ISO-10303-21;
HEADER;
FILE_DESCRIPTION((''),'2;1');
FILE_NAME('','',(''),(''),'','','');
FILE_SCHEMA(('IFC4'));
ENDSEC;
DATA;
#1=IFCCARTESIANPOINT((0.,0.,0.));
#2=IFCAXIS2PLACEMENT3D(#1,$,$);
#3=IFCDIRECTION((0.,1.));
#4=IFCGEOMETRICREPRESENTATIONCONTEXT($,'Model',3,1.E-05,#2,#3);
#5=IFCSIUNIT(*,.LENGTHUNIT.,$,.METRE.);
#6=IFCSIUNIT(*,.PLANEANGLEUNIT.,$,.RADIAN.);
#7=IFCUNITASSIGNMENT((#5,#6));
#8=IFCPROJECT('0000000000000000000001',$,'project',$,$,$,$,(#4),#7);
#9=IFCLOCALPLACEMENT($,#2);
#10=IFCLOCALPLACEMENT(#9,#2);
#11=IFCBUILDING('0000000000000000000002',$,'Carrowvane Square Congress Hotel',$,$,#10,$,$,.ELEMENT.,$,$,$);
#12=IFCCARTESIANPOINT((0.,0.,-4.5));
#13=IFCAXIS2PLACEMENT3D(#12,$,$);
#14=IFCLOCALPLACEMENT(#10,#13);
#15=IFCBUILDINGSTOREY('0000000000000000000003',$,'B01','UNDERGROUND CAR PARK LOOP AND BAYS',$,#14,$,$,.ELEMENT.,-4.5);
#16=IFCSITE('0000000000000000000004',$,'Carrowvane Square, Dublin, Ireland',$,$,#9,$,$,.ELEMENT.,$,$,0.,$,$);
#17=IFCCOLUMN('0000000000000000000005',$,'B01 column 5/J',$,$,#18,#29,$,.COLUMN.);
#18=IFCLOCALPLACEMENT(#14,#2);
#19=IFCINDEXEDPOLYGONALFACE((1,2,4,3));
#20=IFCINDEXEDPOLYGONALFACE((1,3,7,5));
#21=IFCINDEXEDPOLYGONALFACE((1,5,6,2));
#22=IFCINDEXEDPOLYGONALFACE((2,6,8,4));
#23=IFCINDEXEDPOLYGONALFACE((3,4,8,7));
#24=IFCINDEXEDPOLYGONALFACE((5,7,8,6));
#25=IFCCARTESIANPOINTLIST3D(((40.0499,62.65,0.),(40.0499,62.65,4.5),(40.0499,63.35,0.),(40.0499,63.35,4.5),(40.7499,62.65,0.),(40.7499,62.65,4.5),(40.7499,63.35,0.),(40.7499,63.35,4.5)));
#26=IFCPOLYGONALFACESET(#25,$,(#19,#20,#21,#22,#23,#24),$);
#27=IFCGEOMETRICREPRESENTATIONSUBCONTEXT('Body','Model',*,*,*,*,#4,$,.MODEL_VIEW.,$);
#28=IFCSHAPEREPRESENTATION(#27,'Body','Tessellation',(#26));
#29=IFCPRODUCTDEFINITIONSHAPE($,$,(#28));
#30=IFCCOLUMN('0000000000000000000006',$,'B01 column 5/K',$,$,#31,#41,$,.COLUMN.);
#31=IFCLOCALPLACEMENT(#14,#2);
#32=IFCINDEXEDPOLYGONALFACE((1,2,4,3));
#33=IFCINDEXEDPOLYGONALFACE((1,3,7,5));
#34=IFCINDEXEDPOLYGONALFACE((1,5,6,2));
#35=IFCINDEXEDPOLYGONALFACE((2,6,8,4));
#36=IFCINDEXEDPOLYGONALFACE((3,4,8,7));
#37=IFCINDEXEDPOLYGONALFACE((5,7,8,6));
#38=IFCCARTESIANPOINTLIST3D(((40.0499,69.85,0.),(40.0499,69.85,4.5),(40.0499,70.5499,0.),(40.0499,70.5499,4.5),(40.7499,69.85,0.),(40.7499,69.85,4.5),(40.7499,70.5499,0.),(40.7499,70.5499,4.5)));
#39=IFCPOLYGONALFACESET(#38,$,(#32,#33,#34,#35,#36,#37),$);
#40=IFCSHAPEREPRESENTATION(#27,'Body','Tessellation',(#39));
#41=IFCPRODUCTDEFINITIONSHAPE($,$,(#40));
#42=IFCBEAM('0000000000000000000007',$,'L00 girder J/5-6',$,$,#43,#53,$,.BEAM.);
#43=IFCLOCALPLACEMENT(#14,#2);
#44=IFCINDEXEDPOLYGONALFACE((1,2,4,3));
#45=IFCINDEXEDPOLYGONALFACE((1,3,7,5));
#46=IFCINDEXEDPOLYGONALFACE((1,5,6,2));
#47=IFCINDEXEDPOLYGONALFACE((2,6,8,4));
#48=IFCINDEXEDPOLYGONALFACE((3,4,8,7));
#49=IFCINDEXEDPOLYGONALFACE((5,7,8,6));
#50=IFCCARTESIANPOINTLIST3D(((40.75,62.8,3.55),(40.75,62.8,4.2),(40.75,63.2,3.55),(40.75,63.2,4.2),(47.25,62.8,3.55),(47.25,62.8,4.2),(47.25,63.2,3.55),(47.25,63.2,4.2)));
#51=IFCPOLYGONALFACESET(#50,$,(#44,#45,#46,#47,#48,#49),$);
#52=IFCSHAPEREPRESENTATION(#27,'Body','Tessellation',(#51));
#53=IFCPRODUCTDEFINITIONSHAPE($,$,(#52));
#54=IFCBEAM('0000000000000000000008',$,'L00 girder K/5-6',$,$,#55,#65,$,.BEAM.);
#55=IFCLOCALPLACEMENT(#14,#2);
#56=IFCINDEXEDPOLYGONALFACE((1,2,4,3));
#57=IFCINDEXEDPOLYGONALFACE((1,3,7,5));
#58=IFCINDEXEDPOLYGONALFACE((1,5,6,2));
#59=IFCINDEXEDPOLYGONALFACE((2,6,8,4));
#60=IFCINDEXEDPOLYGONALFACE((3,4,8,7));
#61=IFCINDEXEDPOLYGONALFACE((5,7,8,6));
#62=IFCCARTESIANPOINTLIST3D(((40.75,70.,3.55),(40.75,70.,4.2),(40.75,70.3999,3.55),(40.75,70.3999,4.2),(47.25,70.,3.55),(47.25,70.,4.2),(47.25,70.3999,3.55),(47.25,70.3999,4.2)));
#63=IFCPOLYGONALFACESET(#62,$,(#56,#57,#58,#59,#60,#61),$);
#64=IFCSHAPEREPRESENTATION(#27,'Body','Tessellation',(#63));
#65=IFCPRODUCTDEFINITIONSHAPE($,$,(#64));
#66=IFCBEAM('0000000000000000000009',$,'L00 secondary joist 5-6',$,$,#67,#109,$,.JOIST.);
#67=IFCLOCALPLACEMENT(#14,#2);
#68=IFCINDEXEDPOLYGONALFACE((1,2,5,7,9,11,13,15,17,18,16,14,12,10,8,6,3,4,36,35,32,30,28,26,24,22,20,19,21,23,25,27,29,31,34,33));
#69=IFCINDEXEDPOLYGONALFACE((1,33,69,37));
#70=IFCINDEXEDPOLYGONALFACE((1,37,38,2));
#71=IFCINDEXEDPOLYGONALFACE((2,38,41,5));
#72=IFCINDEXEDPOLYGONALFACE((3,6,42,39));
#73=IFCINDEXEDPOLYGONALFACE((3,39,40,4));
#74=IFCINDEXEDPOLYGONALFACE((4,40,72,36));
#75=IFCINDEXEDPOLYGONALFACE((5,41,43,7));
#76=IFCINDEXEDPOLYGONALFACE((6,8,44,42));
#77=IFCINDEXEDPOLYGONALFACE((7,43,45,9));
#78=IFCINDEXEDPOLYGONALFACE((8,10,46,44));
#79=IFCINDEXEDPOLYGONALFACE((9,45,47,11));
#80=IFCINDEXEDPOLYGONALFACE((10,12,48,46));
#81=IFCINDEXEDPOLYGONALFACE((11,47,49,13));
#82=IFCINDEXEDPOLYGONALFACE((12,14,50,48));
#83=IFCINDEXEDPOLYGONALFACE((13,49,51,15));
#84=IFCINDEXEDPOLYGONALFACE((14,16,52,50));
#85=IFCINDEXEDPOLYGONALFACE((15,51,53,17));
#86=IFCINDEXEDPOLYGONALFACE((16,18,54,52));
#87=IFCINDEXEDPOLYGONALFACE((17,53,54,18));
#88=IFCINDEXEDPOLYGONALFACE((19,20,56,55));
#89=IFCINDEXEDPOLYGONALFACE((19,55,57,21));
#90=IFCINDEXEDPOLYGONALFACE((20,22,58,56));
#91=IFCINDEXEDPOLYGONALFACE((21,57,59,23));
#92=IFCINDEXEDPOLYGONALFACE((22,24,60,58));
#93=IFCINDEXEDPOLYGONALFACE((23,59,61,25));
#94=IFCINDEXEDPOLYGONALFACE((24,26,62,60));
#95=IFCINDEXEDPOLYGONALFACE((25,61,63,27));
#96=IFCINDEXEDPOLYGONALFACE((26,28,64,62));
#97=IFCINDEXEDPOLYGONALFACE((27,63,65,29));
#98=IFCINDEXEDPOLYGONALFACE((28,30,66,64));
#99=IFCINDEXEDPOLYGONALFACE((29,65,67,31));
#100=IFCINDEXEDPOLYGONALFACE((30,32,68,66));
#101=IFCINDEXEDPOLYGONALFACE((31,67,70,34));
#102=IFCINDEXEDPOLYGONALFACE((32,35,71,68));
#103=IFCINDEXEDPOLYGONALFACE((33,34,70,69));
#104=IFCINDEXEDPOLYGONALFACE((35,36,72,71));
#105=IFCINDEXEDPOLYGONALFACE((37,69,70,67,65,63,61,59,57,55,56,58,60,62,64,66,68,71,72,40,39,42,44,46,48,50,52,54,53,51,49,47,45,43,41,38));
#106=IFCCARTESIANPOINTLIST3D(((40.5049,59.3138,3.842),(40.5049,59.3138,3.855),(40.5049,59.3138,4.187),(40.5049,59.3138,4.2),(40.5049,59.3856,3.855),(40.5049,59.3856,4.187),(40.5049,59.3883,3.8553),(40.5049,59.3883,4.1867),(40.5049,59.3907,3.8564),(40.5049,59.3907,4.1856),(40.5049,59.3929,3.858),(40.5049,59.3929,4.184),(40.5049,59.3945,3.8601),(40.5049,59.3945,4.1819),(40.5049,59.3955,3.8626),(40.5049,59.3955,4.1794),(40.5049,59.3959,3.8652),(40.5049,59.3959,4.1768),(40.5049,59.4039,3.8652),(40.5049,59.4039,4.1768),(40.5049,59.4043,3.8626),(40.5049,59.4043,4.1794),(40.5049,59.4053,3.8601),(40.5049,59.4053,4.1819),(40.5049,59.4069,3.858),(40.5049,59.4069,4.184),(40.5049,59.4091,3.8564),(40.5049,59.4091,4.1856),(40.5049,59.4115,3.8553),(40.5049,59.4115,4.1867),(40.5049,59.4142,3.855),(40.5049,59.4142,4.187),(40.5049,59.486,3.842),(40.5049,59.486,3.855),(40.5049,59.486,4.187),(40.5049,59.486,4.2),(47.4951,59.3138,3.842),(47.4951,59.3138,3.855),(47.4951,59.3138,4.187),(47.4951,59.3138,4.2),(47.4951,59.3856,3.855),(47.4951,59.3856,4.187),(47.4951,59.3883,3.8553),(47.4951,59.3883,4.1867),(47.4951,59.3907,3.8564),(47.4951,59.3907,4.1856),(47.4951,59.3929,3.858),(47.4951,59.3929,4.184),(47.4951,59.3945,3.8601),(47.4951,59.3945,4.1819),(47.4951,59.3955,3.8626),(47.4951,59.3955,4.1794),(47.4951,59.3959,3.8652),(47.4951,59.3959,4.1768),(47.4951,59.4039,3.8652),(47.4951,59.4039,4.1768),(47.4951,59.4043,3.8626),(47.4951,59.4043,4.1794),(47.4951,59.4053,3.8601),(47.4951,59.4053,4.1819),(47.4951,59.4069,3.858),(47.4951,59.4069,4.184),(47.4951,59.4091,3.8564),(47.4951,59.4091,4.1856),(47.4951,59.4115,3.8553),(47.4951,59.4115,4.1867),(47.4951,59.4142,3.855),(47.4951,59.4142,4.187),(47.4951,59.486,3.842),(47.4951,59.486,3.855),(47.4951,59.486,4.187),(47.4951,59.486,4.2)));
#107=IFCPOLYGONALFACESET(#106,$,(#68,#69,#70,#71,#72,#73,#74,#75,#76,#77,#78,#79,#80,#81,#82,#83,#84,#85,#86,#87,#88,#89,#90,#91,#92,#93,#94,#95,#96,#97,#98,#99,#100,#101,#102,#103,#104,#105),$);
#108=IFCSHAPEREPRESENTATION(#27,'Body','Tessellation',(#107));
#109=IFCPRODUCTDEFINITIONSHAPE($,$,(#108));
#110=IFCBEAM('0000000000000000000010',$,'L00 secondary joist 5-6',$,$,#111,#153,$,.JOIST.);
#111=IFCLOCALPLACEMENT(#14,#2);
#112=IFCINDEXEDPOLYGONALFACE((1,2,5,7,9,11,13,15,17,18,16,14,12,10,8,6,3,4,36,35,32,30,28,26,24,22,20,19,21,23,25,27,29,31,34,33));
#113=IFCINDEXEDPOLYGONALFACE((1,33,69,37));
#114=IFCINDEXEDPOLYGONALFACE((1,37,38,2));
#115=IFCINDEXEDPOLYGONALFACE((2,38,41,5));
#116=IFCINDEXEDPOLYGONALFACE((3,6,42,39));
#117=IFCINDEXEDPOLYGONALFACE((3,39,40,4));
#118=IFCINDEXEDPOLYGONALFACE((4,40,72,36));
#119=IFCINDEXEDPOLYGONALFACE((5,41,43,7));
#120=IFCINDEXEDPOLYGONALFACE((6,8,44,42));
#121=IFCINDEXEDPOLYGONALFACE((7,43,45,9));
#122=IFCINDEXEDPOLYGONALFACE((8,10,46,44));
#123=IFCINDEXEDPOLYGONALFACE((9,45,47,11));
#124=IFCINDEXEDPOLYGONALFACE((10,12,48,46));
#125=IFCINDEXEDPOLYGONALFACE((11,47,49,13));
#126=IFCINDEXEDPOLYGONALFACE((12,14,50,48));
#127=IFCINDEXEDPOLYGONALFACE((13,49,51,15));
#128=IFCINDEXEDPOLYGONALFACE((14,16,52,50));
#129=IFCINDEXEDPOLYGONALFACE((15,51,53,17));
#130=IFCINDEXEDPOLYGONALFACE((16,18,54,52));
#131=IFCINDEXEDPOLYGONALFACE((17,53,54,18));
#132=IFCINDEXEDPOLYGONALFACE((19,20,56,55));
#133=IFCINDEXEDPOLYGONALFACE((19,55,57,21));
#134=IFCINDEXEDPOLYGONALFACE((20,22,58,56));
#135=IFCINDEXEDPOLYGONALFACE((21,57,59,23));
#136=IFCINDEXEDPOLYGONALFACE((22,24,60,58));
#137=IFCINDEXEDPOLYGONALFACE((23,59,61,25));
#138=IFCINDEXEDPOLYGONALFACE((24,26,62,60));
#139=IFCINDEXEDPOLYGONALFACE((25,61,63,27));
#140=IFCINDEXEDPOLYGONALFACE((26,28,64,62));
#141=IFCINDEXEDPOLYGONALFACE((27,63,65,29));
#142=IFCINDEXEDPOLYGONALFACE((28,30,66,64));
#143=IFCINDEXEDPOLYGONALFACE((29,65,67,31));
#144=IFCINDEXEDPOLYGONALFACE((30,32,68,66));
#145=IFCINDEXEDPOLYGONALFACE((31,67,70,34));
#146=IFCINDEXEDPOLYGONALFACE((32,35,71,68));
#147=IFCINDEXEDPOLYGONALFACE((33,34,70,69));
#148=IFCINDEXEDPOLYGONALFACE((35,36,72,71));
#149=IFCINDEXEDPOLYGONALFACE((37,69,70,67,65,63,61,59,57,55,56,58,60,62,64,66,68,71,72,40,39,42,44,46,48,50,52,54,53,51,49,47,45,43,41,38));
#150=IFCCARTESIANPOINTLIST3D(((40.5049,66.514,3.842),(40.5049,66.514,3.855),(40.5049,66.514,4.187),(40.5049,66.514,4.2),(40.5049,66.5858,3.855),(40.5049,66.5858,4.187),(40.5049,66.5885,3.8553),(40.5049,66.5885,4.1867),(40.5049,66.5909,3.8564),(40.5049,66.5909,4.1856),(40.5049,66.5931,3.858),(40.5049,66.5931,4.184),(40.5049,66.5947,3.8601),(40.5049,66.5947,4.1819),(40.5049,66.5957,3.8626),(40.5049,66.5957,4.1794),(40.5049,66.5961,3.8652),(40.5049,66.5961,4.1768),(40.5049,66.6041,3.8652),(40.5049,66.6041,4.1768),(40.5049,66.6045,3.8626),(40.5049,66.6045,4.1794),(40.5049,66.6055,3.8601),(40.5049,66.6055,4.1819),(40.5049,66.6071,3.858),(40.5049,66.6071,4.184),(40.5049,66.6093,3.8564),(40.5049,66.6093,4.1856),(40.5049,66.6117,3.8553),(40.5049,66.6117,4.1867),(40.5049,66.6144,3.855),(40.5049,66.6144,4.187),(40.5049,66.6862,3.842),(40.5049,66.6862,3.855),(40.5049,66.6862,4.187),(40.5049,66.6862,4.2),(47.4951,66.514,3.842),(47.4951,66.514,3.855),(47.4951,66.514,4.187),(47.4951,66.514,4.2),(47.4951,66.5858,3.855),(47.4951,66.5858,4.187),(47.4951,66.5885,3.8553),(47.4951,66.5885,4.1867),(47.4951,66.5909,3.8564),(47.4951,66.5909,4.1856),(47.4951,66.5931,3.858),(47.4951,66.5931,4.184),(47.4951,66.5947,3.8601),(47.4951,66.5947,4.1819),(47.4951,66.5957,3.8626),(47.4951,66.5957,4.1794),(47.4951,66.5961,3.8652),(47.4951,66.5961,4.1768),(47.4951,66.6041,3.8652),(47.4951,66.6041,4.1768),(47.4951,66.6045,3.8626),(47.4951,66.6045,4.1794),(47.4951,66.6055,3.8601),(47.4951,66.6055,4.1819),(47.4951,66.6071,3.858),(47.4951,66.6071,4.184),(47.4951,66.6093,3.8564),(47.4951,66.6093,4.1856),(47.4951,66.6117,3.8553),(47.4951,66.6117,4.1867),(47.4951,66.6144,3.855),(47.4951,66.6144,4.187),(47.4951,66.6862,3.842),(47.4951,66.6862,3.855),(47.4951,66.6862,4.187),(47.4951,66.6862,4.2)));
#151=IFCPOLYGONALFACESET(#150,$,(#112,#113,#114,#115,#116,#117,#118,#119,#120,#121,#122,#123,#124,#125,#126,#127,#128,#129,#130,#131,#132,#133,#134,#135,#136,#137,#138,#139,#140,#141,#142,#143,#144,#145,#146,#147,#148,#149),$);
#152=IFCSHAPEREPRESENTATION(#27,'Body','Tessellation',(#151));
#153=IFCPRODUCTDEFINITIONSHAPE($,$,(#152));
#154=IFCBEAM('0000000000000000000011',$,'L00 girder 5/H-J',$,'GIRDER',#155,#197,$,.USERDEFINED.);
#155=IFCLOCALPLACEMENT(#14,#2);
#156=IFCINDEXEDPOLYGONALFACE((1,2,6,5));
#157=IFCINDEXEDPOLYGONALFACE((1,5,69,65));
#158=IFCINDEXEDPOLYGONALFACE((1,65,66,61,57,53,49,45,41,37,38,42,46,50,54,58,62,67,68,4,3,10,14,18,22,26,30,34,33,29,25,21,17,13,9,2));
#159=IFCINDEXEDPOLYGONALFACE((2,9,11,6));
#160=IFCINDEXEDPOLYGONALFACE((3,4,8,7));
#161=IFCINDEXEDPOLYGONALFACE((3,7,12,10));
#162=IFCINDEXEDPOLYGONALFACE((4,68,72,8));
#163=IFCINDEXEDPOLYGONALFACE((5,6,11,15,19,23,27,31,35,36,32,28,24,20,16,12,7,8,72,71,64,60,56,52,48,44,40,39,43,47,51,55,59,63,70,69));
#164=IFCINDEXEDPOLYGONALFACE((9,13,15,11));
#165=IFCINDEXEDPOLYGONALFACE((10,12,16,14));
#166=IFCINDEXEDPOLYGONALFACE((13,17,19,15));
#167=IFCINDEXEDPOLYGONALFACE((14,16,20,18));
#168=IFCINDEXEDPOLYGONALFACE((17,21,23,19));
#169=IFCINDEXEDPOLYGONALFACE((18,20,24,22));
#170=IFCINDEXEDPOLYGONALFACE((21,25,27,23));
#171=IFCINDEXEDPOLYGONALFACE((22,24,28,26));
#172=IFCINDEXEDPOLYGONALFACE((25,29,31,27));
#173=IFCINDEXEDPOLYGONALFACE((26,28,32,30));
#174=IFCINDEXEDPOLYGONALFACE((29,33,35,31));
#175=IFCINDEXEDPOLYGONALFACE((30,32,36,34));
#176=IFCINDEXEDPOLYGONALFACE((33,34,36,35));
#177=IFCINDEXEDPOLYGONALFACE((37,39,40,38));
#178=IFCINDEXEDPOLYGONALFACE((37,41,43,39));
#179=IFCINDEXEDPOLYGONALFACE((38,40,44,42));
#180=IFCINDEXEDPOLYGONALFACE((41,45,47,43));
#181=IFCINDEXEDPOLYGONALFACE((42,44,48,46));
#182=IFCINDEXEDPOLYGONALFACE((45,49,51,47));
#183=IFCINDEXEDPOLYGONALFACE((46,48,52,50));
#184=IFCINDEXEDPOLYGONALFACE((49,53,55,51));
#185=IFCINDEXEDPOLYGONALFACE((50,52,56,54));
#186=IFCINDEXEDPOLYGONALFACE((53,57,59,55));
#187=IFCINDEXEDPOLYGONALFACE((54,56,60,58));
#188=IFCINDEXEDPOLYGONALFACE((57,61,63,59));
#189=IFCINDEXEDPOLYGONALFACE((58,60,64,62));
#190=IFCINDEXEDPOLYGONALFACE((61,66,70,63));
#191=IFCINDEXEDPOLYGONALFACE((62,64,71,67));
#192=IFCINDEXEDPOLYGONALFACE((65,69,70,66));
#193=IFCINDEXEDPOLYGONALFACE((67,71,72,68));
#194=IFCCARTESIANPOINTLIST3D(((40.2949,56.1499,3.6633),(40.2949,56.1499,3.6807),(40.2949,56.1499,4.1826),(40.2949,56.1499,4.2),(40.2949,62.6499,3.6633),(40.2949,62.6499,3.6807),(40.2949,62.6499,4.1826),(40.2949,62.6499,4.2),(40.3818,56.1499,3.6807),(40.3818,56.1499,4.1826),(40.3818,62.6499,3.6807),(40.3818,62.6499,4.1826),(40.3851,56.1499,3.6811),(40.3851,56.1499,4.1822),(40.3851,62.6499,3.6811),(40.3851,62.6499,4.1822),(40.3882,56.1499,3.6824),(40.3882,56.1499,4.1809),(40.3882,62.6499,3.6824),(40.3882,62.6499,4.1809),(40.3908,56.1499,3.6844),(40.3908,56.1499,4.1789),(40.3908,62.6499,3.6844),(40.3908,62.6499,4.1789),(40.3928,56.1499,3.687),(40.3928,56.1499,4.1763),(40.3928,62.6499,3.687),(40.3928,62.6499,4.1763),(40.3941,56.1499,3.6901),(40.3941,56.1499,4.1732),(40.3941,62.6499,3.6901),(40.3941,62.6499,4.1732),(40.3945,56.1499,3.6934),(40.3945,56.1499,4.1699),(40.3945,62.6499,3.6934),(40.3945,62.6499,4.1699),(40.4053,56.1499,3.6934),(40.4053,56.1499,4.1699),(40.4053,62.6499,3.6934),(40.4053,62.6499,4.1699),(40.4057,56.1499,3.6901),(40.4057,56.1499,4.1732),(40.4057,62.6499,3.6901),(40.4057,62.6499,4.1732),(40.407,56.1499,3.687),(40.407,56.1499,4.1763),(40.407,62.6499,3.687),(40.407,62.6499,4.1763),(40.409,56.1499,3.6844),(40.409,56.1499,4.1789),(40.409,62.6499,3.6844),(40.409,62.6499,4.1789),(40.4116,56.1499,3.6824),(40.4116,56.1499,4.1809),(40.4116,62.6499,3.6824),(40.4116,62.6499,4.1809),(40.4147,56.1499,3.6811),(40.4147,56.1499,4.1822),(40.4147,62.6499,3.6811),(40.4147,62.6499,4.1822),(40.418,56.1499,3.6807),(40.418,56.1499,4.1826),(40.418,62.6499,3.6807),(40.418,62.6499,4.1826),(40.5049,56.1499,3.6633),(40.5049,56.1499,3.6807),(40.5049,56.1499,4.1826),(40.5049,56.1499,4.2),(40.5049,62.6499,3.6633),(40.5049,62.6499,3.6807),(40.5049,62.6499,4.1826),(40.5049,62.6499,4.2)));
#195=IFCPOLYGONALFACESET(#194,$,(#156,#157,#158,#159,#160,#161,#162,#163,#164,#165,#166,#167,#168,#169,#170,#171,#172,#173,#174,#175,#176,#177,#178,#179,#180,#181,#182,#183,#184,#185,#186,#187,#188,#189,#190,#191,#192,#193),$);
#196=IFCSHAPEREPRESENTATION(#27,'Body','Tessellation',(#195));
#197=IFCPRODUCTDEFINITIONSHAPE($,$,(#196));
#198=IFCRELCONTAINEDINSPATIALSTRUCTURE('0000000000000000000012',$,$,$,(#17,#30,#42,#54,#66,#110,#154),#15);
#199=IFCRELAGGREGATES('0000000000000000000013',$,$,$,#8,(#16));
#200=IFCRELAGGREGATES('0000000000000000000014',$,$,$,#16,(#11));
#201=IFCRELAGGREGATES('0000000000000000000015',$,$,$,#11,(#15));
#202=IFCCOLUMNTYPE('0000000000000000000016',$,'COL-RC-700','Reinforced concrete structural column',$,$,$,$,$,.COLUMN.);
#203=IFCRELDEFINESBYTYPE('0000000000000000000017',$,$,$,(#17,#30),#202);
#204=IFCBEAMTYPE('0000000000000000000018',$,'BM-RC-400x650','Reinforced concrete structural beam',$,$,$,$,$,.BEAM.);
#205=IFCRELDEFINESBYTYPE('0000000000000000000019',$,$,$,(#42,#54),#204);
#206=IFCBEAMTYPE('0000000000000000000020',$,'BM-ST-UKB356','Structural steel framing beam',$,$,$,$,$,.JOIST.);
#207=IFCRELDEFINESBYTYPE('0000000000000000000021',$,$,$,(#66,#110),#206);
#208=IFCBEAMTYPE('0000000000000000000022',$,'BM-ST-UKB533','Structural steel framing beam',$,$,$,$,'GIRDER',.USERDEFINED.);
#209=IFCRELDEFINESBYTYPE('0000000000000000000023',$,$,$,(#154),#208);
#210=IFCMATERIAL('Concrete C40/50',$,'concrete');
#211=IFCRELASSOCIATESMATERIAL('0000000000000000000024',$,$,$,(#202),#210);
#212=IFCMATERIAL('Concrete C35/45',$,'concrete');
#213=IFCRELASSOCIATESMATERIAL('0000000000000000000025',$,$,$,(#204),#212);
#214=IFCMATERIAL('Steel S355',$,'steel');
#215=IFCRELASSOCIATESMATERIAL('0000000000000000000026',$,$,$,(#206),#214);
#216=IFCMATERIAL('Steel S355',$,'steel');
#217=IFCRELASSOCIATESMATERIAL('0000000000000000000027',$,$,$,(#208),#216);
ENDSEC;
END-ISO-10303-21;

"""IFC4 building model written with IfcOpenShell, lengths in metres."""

from ifc_helpers import new_model, si_unit, direction, frame, origin, origin_2d, place, context, subcontext, project, spatial, rectangle, i_section, extrude, material, material_profile, profile_set, type_object, element, save


model = new_model("IFC4")

# Units and contexts
model_context = context("Model", 3, precision=1e-05, world=origin(), true_north=direction((0.0, 1.0)))
body_context = subcontext(model_context, "Body", "Model", "MODEL_VIEW")
ifc_project = project(units=[si_unit("LENGTHUNIT", "METRE"), si_unit("PLANEANGLEUNIT", "RADIAN")], contexts=[model_context])

# Site, building, storey
site_placement = place(None, origin())
site = spatial("IfcSite", under=ifc_project, at=site_placement, Name="Carrowvane Square, Dublin, Ireland", CompositionType="ELEMENT", RefElevation=0.0)
building_placement = place(site_placement, origin())
building = spatial("IfcBuilding", under=site, at=building_placement, Name="Carrowvane Square Congress Hotel", CompositionType="ELEMENT")
storey_placement = place(building_placement, frame((0.0, 0.0, -4.5)))
storey = spatial("IfcBuildingStorey", under=building, at=storey_placement, Name="B01", Description="UNDERGROUND CAR PARK LOOP AND BAYS", CompositionType="ELEMENT", Elevation=-4.5)

# Columns
ifc_material_1 = material(Name="Concrete C40/50", Category="concrete")
ifc_material_profile_1 = material_profile(ifc_material_1, rectangle(XDim=0.7, YDim=0.7, at=origin_2d()), Name="RC 700x700")
ifc_profile_set_1 = profile_set([ifc_material_profile_1], Name="Concrete C40/50")
column_type = type_object("IfcColumnType", Name="COL-RC-700", Description="Reinforced concrete structural column", PredefinedType="COLUMN", material=ifc_profile_set_1)
for number, where, z_axis, x_axis, name in (
    (1, (40.3999, 63.0, 0.0), (0.0, 0.0, 1.0), (1.0, 0.0, 0.0), "B01 column 5/J"),
    (2, (40.3999, 70.2, 0.0), (0.0, 0.0, 1.0), (1.0, 0.0, 0.0), "B01 column 5/K"),
):
    element("IfcColumn", number, at=place(storey_placement, frame(where, z_axis=z_axis, x_axis=x_axis)), inside=storey, type_object=column_type, Name=name, PredefinedType="COLUMN", context=body_context, shape_type="SweptSolid", body=[
        extrude(rectangle(XDim=0.7, YDim=0.7, at=origin_2d()), origin(), (0.0, 0.0, 1.0), 4.5),
    ])

# Beams
ifc_material_2 = material(Name="Concrete C35/45", Category="concrete")
ifc_material_profile_2 = material_profile(ifc_material_2, rectangle(XDim=0.3999, YDim=0.6499, at=origin_2d()), Name="RC 400x650")
ifc_profile_set_2 = profile_set([ifc_material_profile_2], Name="Concrete C35/45")
beam_type_1 = type_object("IfcBeamType", Name="BM-RC-400x650", Description="Reinforced concrete structural beam", PredefinedType="BEAM", material=ifc_profile_set_2)
for number, where, z_axis, x_axis, name in (
    (3, (40.75, 63.0, 3.875), (1.0, 0.0, 0.0), (0.0, 1.0, 0.0), "L00 girder J/5-6"),
    (4, (40.75, 70.2, 3.875), (1.0, 0.0, 0.0), (0.0, 1.0, 0.0), "L00 girder K/5-6"),
):
    element("IfcBeam", number, at=place(storey_placement, frame(where, z_axis=z_axis, x_axis=x_axis)), inside=storey, type_object=beam_type_1, Name=name, PredefinedType="BEAM", context=body_context, shape_type="SweptSolid", body=[
        extrude(rectangle(XDim=0.3999, YDim=0.6499, at=origin_2d()), origin(), (0.0, 0.0, 1.0), 6.5),
    ])
ifc_material_3 = material(Name="Steel S355", Category="steel")
ifc_material_profile_3 = material_profile(ifc_material_3, i_section(OverallWidth=0.1721, OverallDepth=0.3579, WebThickness=0.0081, FlangeThickness=0.0129, FilletRadius=0.0103, at=origin_2d()), Name="UKB 356x171x57")
ifc_profile_set_3 = profile_set([ifc_material_profile_3], Name="Steel S355")
beam_type_2 = type_object("IfcBeamType", Name="BM-ST-UKB356", Description="Structural steel framing beam", PredefinedType="JOIST", material=ifc_profile_set_3)
for number, where, z_axis, x_axis, name in (
    (5, (40.5049, 59.3999, 4.021), (1.0, 0.0, 0.0), (0.0, 1.0, 0.0), "L00 secondary joist 5-6"),
    (6, (40.5049, 66.6001, 4.021), (1.0, 0.0, 0.0), (0.0, 1.0, 0.0), "L00 secondary joist 5-6"),
):
    element("IfcBeam", number, at=place(storey_placement, frame(where, z_axis=z_axis, x_axis=x_axis)), inside=storey, type_object=beam_type_2, Name=name, PredefinedType="JOIST", context=body_context, shape_type="SweptSolid", body=[
        extrude(i_section(OverallWidth=0.1721, OverallDepth=0.3579, WebThickness=0.0081, FlangeThickness=0.0129, FilletRadius=0.0103, at=origin_2d()), origin(), (0.0, 0.0, 1.0), 6.9902),
    ])
ifc_material_4 = material(Name="Steel S355", Category="steel")
ifc_material_profile_4 = material_profile(ifc_material_4, i_section(OverallWidth=0.21, OverallDepth=0.5366, WebThickness=0.0107, FlangeThickness=0.0173, FilletRadius=0.0127, at=origin_2d()), Name="UKB 533x210x101")
ifc_profile_set_4 = profile_set([ifc_material_profile_4], Name="Steel S355")
beam_type_3 = type_object("IfcBeamType", Name="BM-ST-UKB533", Description="Structural steel framing beam", ElementType="GIRDER", PredefinedType="USERDEFINED", material=ifc_profile_set_4)
for number, where, z_axis, x_axis, name in (
    (7, (40.3999, 56.1499, 3.9316), (0.0, 1.0, 0.0), (-1.0, 0.0, 0.0), "L00 girder 5/H-J"),
):
    element("IfcBeam", number, at=place(storey_placement, frame(where, z_axis=z_axis, x_axis=x_axis)), inside=storey, type_object=beam_type_3, Name=name, ObjectType="GIRDER", PredefinedType="USERDEFINED", context=body_context, shape_type="SweptSolid", body=[
        extrude(i_section(OverallWidth=0.21, OverallDepth=0.5366, WebThickness=0.0107, FlangeThickness=0.0173, FilletRadius=0.0127, at=origin_2d()), origin(), (0.0, 0.0, 1.0), 6.5),
    ])

save(model, "model.ifc")
